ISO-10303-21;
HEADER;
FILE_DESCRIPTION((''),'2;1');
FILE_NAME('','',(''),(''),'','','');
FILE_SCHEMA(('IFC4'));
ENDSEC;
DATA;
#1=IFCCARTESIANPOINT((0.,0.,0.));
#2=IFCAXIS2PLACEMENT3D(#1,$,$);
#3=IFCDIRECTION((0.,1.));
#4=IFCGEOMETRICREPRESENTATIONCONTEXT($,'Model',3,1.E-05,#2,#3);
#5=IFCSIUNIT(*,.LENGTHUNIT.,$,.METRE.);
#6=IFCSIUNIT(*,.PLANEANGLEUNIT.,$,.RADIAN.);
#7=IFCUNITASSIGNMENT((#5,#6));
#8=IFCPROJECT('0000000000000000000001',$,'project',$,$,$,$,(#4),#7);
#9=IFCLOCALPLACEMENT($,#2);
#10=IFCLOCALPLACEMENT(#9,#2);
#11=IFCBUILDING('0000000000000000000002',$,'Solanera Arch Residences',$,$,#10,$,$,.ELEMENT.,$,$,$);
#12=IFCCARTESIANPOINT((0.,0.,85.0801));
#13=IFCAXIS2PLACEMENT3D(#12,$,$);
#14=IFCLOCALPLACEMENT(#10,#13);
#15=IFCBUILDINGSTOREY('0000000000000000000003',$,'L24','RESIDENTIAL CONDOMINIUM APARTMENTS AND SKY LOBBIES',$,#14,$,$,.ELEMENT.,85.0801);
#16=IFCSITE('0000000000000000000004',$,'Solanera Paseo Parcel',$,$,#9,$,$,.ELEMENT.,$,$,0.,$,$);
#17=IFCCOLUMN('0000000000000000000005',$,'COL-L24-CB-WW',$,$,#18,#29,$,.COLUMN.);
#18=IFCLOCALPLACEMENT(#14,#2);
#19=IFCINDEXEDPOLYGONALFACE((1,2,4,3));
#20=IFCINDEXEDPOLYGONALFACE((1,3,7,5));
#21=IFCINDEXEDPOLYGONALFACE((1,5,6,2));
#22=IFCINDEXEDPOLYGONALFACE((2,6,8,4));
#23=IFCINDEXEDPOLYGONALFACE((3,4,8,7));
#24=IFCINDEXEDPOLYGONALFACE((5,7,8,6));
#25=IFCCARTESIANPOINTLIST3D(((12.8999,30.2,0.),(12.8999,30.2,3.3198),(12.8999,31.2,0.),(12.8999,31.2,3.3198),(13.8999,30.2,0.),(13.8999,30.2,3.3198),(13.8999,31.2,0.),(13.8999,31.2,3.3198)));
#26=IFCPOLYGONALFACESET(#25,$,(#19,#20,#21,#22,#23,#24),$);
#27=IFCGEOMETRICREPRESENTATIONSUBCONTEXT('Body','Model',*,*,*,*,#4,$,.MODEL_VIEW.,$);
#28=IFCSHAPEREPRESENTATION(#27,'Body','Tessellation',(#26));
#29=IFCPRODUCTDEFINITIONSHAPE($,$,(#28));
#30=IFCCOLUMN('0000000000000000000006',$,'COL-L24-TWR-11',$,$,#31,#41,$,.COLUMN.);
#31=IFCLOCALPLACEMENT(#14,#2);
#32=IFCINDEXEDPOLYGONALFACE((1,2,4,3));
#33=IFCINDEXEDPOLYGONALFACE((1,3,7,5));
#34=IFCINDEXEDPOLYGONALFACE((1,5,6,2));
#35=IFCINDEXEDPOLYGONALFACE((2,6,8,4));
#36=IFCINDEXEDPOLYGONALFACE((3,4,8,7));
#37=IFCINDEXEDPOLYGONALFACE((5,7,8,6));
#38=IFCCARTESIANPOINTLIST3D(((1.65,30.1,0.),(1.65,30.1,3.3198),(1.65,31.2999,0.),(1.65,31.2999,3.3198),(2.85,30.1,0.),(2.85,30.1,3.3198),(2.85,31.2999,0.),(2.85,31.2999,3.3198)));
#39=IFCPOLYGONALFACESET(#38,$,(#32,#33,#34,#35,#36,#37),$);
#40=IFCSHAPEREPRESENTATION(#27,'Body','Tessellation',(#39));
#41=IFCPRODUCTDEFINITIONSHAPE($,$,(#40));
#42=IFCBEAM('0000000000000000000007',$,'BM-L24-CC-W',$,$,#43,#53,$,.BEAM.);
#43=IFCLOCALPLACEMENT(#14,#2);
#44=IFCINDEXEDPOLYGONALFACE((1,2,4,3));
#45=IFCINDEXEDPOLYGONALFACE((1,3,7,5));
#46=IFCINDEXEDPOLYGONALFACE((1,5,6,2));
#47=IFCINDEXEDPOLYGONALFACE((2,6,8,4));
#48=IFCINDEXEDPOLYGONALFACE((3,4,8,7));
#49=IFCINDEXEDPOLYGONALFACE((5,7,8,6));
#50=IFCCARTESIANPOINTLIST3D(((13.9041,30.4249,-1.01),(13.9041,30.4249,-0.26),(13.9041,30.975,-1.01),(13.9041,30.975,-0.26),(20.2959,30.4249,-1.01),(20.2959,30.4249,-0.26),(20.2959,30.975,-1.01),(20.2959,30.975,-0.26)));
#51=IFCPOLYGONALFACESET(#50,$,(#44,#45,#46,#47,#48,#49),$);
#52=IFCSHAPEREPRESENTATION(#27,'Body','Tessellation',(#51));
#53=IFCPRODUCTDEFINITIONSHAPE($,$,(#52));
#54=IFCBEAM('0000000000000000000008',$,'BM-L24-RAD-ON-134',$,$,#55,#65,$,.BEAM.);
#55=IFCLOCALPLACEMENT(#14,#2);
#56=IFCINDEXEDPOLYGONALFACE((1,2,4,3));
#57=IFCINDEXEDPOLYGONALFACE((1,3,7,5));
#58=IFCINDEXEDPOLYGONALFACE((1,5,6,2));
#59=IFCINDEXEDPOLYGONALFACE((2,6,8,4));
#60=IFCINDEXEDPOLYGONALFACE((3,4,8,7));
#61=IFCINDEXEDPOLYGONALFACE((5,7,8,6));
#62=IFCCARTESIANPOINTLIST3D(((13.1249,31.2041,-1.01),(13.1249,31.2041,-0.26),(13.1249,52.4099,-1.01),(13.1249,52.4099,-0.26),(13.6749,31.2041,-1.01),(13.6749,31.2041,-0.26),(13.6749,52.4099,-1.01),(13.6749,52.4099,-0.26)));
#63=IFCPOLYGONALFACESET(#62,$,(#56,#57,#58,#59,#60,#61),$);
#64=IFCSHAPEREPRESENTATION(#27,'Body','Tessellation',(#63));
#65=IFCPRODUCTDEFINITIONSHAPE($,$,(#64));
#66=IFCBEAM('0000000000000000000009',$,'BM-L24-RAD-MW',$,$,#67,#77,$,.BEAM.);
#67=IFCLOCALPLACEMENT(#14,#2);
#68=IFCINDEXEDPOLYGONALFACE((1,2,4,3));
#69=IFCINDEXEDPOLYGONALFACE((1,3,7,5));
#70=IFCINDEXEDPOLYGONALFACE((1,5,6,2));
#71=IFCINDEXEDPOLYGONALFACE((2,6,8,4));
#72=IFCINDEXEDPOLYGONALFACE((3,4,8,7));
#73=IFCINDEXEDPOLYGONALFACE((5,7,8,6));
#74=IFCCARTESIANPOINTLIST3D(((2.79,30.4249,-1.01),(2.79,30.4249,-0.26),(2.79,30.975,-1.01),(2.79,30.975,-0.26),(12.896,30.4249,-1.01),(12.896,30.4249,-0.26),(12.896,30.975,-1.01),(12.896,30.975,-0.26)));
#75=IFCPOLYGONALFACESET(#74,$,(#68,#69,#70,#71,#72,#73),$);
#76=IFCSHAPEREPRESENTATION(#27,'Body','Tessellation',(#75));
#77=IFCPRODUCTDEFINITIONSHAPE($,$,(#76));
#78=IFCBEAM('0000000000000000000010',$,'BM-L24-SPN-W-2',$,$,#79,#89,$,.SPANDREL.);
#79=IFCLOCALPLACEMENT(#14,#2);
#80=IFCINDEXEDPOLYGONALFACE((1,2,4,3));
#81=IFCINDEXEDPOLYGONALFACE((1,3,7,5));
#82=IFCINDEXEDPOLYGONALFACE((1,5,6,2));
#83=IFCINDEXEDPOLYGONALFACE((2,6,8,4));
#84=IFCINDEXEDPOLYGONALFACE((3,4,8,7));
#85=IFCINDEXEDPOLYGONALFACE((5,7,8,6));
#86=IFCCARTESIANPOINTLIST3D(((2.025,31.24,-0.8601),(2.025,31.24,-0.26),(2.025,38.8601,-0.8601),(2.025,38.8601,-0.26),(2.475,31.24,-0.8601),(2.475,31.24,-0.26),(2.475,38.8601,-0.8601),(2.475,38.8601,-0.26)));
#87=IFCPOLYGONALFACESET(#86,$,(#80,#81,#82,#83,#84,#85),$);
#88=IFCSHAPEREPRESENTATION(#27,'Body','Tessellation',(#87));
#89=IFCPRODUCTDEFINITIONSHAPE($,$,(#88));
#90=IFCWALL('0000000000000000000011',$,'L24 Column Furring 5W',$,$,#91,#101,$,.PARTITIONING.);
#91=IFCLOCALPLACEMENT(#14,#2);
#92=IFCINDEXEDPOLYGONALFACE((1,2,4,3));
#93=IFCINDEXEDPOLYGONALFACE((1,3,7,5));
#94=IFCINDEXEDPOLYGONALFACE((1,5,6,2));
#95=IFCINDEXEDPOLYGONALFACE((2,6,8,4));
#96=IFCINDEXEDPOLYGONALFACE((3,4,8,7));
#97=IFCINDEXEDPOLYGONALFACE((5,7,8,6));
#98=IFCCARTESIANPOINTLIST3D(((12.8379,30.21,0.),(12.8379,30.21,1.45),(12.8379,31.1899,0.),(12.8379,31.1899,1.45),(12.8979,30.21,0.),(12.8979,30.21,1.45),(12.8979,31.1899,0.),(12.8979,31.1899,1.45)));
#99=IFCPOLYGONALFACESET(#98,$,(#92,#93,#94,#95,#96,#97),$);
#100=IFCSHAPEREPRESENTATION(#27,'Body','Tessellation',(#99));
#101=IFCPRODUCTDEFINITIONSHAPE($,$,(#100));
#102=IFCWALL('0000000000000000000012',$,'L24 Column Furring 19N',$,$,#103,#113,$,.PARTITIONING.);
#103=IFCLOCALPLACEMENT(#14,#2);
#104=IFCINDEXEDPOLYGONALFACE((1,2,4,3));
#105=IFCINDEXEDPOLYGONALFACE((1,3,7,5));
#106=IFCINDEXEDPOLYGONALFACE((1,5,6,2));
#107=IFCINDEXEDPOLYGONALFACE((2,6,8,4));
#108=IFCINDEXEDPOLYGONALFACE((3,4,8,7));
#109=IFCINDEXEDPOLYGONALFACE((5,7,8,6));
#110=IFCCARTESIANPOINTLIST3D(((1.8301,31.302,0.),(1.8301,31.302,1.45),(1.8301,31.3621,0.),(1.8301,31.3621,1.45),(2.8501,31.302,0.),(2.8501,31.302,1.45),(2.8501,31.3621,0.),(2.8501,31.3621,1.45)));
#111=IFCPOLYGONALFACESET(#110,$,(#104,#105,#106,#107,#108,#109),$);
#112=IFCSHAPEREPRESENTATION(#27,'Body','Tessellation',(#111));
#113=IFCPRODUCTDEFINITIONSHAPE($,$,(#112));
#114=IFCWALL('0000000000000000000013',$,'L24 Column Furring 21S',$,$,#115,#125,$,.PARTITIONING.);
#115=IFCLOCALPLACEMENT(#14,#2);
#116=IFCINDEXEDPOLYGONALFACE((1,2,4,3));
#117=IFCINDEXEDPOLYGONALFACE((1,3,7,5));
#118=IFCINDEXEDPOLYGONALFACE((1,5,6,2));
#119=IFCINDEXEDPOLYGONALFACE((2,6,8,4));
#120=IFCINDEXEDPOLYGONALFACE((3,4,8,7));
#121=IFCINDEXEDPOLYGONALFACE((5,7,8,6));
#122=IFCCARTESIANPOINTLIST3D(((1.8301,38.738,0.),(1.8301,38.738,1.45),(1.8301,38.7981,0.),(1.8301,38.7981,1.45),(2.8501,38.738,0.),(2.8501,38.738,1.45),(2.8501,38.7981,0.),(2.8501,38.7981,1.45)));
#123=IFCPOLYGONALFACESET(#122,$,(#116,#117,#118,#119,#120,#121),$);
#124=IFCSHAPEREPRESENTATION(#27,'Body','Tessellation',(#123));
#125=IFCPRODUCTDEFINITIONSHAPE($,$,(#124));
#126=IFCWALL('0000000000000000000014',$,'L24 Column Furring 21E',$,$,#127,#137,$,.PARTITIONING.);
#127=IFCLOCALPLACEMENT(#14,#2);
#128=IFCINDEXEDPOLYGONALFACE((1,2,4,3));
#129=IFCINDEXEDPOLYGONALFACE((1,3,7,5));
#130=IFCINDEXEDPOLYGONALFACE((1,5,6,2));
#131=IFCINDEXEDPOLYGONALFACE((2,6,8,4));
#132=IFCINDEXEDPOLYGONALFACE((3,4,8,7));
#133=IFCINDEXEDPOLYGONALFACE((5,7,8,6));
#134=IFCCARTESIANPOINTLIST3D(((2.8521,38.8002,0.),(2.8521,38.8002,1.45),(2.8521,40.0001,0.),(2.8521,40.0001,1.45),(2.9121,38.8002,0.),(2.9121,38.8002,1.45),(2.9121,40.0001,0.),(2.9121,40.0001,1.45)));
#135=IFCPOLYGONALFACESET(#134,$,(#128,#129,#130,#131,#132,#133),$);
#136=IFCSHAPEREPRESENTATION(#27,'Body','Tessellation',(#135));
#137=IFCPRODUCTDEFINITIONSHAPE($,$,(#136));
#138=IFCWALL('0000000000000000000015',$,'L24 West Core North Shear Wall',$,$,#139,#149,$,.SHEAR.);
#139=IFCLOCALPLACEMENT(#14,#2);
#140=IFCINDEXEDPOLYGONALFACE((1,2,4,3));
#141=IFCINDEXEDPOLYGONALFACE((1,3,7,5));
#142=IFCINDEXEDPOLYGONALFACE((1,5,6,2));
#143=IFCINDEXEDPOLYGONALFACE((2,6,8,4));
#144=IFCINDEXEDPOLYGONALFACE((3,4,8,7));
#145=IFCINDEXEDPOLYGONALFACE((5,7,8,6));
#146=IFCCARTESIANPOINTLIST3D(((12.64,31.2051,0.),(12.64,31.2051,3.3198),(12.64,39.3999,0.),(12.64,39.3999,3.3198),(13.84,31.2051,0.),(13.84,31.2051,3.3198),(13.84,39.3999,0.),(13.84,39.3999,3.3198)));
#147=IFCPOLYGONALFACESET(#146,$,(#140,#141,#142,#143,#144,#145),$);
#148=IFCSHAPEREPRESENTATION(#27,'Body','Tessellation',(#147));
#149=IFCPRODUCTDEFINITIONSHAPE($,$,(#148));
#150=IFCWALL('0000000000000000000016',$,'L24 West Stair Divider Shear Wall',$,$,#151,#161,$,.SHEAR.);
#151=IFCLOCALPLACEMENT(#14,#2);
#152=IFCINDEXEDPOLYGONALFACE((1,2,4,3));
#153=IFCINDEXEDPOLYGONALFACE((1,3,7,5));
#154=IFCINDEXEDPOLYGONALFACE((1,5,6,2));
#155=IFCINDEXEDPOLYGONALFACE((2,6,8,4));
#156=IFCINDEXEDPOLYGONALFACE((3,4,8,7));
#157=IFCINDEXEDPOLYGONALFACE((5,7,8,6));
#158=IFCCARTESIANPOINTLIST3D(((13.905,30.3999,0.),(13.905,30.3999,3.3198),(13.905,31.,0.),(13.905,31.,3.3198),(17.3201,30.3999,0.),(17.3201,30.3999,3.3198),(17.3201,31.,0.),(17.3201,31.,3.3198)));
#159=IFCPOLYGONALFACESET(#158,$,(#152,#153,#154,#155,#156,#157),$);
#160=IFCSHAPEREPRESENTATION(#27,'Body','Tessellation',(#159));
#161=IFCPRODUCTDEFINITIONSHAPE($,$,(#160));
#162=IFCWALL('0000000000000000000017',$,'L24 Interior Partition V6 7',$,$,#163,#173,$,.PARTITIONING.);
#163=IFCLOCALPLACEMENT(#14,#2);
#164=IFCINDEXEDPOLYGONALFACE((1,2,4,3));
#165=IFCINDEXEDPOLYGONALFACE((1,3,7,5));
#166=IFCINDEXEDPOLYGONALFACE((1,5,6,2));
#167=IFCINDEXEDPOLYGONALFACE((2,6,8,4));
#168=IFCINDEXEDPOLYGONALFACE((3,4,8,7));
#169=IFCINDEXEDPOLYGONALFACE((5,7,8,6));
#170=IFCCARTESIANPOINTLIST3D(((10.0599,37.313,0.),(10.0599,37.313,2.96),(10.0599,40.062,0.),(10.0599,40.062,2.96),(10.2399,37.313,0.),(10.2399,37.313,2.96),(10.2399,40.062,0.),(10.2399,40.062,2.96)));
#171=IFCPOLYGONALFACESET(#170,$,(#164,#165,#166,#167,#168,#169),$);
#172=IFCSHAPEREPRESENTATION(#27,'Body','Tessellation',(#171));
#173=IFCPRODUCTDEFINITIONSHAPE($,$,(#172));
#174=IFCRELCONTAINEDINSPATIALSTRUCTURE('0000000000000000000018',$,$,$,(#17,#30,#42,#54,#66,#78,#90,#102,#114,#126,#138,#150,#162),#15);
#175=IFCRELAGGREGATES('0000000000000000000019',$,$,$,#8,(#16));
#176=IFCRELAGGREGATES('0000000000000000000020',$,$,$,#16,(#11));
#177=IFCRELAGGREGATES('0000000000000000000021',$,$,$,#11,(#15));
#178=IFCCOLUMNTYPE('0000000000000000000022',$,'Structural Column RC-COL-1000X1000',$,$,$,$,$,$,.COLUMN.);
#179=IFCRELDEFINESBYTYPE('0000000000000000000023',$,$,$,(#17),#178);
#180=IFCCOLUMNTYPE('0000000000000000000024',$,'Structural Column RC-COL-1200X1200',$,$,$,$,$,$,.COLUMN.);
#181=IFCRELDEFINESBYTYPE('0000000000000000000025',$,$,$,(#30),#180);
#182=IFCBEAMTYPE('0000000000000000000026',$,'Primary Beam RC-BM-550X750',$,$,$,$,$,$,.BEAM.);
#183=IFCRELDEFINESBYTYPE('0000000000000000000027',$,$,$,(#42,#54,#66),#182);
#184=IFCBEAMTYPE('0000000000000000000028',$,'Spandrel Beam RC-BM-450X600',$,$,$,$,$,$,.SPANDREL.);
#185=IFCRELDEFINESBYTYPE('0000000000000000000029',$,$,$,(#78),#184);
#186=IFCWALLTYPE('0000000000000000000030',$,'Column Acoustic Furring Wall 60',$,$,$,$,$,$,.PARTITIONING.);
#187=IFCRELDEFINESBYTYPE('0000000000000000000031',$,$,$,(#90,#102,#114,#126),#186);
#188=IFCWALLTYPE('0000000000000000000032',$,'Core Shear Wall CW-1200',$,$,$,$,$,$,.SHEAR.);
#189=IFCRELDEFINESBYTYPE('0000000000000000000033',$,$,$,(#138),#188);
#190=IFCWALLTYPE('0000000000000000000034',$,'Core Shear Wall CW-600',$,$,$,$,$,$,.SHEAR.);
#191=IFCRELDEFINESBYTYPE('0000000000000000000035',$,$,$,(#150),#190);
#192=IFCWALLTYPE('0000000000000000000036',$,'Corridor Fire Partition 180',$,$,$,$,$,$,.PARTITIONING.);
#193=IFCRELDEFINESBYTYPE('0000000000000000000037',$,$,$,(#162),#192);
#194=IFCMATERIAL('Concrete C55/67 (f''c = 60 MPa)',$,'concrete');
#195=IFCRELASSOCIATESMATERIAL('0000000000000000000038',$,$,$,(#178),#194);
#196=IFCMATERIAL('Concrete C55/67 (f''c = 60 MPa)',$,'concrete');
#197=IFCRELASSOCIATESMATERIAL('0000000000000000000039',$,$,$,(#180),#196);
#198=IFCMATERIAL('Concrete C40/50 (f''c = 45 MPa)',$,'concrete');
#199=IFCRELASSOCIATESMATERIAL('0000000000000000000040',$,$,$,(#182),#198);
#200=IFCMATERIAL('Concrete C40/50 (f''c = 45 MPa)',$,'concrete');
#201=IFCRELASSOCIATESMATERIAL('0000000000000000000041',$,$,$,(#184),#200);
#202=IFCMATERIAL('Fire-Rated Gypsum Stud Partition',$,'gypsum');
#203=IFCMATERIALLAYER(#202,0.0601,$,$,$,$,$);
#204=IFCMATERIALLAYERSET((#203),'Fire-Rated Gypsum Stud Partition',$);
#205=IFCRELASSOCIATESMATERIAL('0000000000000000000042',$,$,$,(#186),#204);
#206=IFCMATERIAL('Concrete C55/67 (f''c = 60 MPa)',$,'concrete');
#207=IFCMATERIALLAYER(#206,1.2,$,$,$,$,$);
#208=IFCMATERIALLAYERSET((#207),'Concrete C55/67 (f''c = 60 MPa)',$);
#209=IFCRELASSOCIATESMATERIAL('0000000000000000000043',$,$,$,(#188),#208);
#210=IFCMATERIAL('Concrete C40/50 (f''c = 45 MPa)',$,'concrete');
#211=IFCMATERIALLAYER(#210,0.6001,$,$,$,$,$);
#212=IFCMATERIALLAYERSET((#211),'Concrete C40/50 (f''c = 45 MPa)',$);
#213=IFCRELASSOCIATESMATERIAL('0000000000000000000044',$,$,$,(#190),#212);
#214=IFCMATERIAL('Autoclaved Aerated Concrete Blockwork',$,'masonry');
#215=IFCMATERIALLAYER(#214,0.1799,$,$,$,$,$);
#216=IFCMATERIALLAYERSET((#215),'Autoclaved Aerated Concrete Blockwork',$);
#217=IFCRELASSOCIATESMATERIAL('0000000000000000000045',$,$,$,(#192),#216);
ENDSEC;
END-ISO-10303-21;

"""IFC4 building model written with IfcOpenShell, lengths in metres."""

from ifc_helpers import new_model, si_unit, direction, frame, frame_2d, origin, origin_2d, place, context, subcontext, project, spatial, rectangle, extrude, material, layer, layer_set, material_profile, profile_set, type_object, element, save


model = new_model("IFC4")

# Units and contexts
model_context = context("Model", 3, precision=1e-05, world=origin(), true_north=direction((0.0, 1.0)))
body_context = subcontext(model_context, "Body", "Model", "MODEL_VIEW")
ifc_project = project(units=[si_unit("LENGTHUNIT", "METRE"), si_unit("PLANEANGLEUNIT", "RADIAN")], contexts=[model_context])

# Site, building, storey
site_placement = place(None, origin())
site = spatial("IfcSite", under=ifc_project, at=site_placement, Name="Solanera Paseo Parcel", CompositionType="ELEMENT", RefElevation=0.0)
building_placement = place(site_placement, origin())
building = spatial("IfcBuilding", under=site, at=building_placement, Name="Solanera Arch Residences", CompositionType="ELEMENT")
storey_placement = place(building_placement, frame((0.0, 0.0, 85.0801)))
storey = spatial("IfcBuildingStorey", under=building, at=storey_placement, Name="L24", Description="RESIDENTIAL CONDOMINIUM APARTMENTS AND SKY LOBBIES", CompositionType="ELEMENT", Elevation=85.0801)

# Columns
ifc_material_1 = material(Name="Concrete C55/67 (f'c = 60 MPa)", Category="concrete")
ifc_material_profile_1 = material_profile(ifc_material_1, rectangle(XDim=1.0, YDim=1.0, at=origin_2d()))
ifc_profile_set_1 = profile_set([ifc_material_profile_1], Name="Concrete C55/67 (f'c = 60 MPa)")
column_type_1 = type_object("IfcColumnType", Name="Structural Column RC-COL-1000X1000", PredefinedType="COLUMN", material=ifc_profile_set_1)
column_1_placement = place(storey_placement, frame((13.3999, 30.7, 0.0), z_axis=(0.0, 0.0, 1.0), x_axis=(1.0, 0.0, 0.0)))
element("IfcColumn", 1, at=column_1_placement, inside=storey, type_object=column_type_1, Name="COL-L24-CB-WW", PredefinedType="COLUMN", context=body_context, shape_type="SweptSolid", body=[
    extrude(rectangle(XDim=1.0, YDim=1.0, at=origin_2d()), origin(), (0.0, 0.0, 1.0), 3.3198),
])
ifc_material_2 = material(Name="Concrete C55/67 (f'c = 60 MPa)", Category="concrete")
ifc_material_profile_2 = material_profile(ifc_material_2, rectangle(XDim=1.2, YDim=1.2, at=origin_2d()))
ifc_profile_set_2 = profile_set([ifc_material_profile_2], Name="Concrete C55/67 (f'c = 60 MPa)")
column_type_2 = type_object("IfcColumnType", Name="Structural Column RC-COL-1200X1200", PredefinedType="COLUMN", material=ifc_profile_set_2)
column_2_placement = place(storey_placement, frame((2.25, 30.7, 0.0), z_axis=(0.0, 0.0, 1.0), x_axis=(1.0, 0.0, 0.0)))
element("IfcColumn", 2, at=column_2_placement, inside=storey, type_object=column_type_2, Name="COL-L24-TWR-11", PredefinedType="COLUMN", context=body_context, shape_type="SweptSolid", body=[
    extrude(rectangle(XDim=1.2, YDim=1.2, at=origin_2d()), origin(), (0.0, 0.0, 1.0), 3.3198),
])

# Beams
ifc_material_3 = material(Name="Concrete C40/50 (f'c = 45 MPa)", Category="concrete")
ifc_material_profile_3 = material_profile(ifc_material_3, rectangle(XDim=0.55, YDim=0.75, at=origin_2d()))
ifc_profile_set_3 = profile_set([ifc_material_profile_3], Name="Concrete C40/50 (f'c = 45 MPa)")
beam_type_1 = type_object("IfcBeamType", Name="Primary Beam RC-BM-550X750", PredefinedType="BEAM", material=ifc_profile_set_3)
beam_1_placement = place(storey_placement, frame((13.9041, 30.7, -0.635), z_axis=(1.0, 0.0, 0.0), x_axis=(0.0, 1.0, 0.0)))
element("IfcBeam", 3, at=beam_1_placement, inside=storey, type_object=beam_type_1, Name="BM-L24-CC-W", PredefinedType="BEAM", context=body_context, shape_type="SweptSolid", body=[
    extrude(rectangle(XDim=0.55, YDim=0.75, at=origin_2d()), origin(), (0.0, 0.0, 1.0), 6.3918),
])
beam_2_placement = place(storey_placement, frame((13.3999, 31.2041, -0.635), z_axis=(0.0, 1.0, 0.0), x_axis=(-1.0, 0.0, 0.0)))
element("IfcBeam", 4, at=beam_2_placement, inside=storey, type_object=beam_type_1, Name="BM-L24-RAD-ON-134", PredefinedType="BEAM", context=body_context, shape_type="SweptSolid", body=[
    extrude(rectangle(XDim=0.55, YDim=0.75, at=origin_2d()), origin(), (0.0, 0.0, 1.0), 21.2058),
])
beam_3_placement = place(storey_placement, frame((2.79, 30.7, -0.635), z_axis=(1.0, 0.0, 0.0), x_axis=(0.0, 1.0, 0.0)))
element("IfcBeam", 5, at=beam_3_placement, inside=storey, type_object=beam_type_1, Name="BM-L24-RAD-MW", PredefinedType="BEAM", context=body_context, shape_type="SweptSolid", body=[
    extrude(rectangle(XDim=0.55, YDim=0.75, at=origin_2d()), origin(), (0.0, 0.0, 1.0), 10.106),
])
ifc_material_4 = material(Name="Concrete C40/50 (f'c = 45 MPa)", Category="concrete")
ifc_material_profile_4 = material_profile(ifc_material_4, rectangle(XDim=0.45, YDim=0.6001, at=origin_2d()))
ifc_profile_set_4 = profile_set([ifc_material_profile_4], Name="Concrete C40/50 (f'c = 45 MPa)")
beam_type_2 = type_object("IfcBeamType", Name="Spandrel Beam RC-BM-450X600", PredefinedType="SPANDREL", material=ifc_profile_set_4)
beam_4_placement = place(storey_placement, frame((2.25, 31.24, -0.5601), z_axis=(0.0, 1.0, 0.0), x_axis=(-1.0, 0.0, 0.0)))
element("IfcBeam", 6, at=beam_4_placement, inside=storey, type_object=beam_type_2, Name="BM-L24-SPN-W-2", PredefinedType="SPANDREL", context=body_context, shape_type="SweptSolid", body=[
    extrude(rectangle(XDim=0.45, YDim=0.6001, at=origin_2d()), origin(), (0.0, 0.0, 1.0), 7.6201),
])

# Walls
ifc_material_5 = material(Name="Fire-Rated Gypsum Stud Partition", Category="gypsum")
ifc_layer_1 = layer(ifc_material_5, 0.0601)
ifc_layer_set_1 = layer_set([ifc_layer_1], Name="Fire-Rated Gypsum Stud Partition")
wall_type_1 = type_object("IfcWallType", Name="Column Acoustic Furring Wall 60", PredefinedType="PARTITIONING", material=ifc_layer_set_1)
wall_1_placement = place(storey_placement, frame((12.8679, 30.21, 0.0), z_axis=(0.0, 0.0, 1.0), x_axis=(0.0, 1.0, 0.0)))
element("IfcWall", 7, at=wall_1_placement, inside=storey, type_object=wall_type_1, Name="L24 Column Furring 5W", PredefinedType="PARTITIONING", context=body_context, shape_type="SweptSolid", body=[
    extrude(rectangle(XDim=0.98, YDim=0.0601, at=frame_2d((0.49, 0.0))), origin(), (0.0, 0.0, 1.0), 1.45),
])
for number, where, z_axis, x_axis, name in (
    (8, (1.8301, 31.332, 0.0), (0.0, 0.0, 1.0), (1.0, 0.0, 0.0), "L24 Column Furring 19N"),
    (9, (1.8301, 38.7681, 0.0), (0.0, 0.0, 1.0), (1.0, 0.0, 0.0), "L24 Column Furring 21S"),
):
    element("IfcWall", number, at=place(storey_placement, frame(where, z_axis=z_axis, x_axis=x_axis)), inside=storey, type_object=wall_type_1, Name=name, PredefinedType="PARTITIONING", context=body_context, shape_type="SweptSolid", body=[
        extrude(rectangle(XDim=1.02, YDim=0.0601, at=frame_2d((0.51, 0.0))), origin(), (0.0, 0.0, 1.0), 1.45),
    ])
wall_2_placement = place(storey_placement, frame((2.8821, 38.8, 0.0), z_axis=(0.0, 0.0, 1.0), x_axis=(0.0, 1.0, 0.0)))
element("IfcWall", 10, at=wall_2_placement, inside=storey, type_object=wall_type_1, Name="L24 Column Furring 21E", PredefinedType="PARTITIONING", context=body_context, shape_type="SweptSolid", body=[
    extrude(rectangle(XDim=1.2, YDim=0.0601, at=frame_2d((0.6001, 0.0))), origin(), (0.0, 0.0, 1.0), 1.45),
])
ifc_material_6 = material(Name="Concrete C55/67 (f'c = 60 MPa)", Category="concrete")
ifc_layer_2 = layer(ifc_material_6, 1.2)
ifc_layer_set_2 = layer_set([ifc_layer_2], Name="Concrete C55/67 (f'c = 60 MPa)")
wall_type_2 = type_object("IfcWallType", Name="Core Shear Wall CW-1200", PredefinedType="SHEAR", material=ifc_layer_set_2)
wall_3_placement = place(storey_placement, frame((13.24, 31.2051, 0.0), z_axis=(0.0, 0.0, 1.0), x_axis=(0.0, 1.0, 0.0)))
element("IfcWall", 11, at=wall_3_placement, inside=storey, type_object=wall_type_2, Name="L24 West Core North Shear Wall", PredefinedType="SHEAR", context=body_context, shape_type="SweptSolid", body=[
    extrude(rectangle(XDim=8.1948, YDim=1.2, at=frame_2d((4.0974, 0.0))), origin(), (0.0, 0.0, 1.0), 3.3198),
])
ifc_material_7 = material(Name="Concrete C40/50 (f'c = 45 MPa)", Category="concrete")
ifc_layer_3 = layer(ifc_material_7, 0.6001)
ifc_layer_set_3 = layer_set([ifc_layer_3], Name="Concrete C40/50 (f'c = 45 MPa)")
wall_type_3 = type_object("IfcWallType", Name="Core Shear Wall CW-600", PredefinedType="SHEAR", material=ifc_layer_set_3)
wall_4_placement = place(storey_placement, frame((13.905, 30.7, 0.0), z_axis=(0.0, 0.0, 1.0), x_axis=(1.0, 0.0, 0.0)))
element("IfcWall", 12, at=wall_4_placement, inside=storey, type_object=wall_type_3, Name="L24 West Stair Divider Shear Wall", PredefinedType="SHEAR", context=body_context, shape_type="SweptSolid", body=[
    extrude(rectangle(XDim=3.415, YDim=0.6001, at=frame_2d((1.7075, 0.0))), origin(), (0.0, 0.0, 1.0), 3.3198),
])

# Shared definitions
ifc_material_8 = material(Name="Autoclaved Aerated Concrete Blockwork", Category="masonry")
ifc_layer_4 = layer(ifc_material_8, 0.1799)
ifc_layer_set_4 = layer_set([ifc_layer_4], Name="Autoclaved Aerated Concrete Blockwork")
wall_type_4 = type_object("IfcWallType", Name="Corridor Fire Partition 180", PredefinedType="PARTITIONING", material=ifc_layer_set_4)

# Wall
wall_5_placement = place(storey_placement, frame((10.1499, 37.313, 0.0), z_axis=(0.0, 0.0, 1.0), x_axis=(0.0, 1.0, 0.0)))
element("IfcWall", 13, at=wall_5_placement, inside=storey, type_object=wall_type_4, Name="L24 Interior Partition V6 7", PredefinedType="PARTITIONING", context=body_context, shape_type="SweptSolid", body=[
    extrude(rectangle(XDim=2.749, YDim=0.1799, at=frame_2d((1.3745, 0.0))), origin(), (0.0, 0.0, 1.0), 2.96),
])

save(model, "model.ifc")
